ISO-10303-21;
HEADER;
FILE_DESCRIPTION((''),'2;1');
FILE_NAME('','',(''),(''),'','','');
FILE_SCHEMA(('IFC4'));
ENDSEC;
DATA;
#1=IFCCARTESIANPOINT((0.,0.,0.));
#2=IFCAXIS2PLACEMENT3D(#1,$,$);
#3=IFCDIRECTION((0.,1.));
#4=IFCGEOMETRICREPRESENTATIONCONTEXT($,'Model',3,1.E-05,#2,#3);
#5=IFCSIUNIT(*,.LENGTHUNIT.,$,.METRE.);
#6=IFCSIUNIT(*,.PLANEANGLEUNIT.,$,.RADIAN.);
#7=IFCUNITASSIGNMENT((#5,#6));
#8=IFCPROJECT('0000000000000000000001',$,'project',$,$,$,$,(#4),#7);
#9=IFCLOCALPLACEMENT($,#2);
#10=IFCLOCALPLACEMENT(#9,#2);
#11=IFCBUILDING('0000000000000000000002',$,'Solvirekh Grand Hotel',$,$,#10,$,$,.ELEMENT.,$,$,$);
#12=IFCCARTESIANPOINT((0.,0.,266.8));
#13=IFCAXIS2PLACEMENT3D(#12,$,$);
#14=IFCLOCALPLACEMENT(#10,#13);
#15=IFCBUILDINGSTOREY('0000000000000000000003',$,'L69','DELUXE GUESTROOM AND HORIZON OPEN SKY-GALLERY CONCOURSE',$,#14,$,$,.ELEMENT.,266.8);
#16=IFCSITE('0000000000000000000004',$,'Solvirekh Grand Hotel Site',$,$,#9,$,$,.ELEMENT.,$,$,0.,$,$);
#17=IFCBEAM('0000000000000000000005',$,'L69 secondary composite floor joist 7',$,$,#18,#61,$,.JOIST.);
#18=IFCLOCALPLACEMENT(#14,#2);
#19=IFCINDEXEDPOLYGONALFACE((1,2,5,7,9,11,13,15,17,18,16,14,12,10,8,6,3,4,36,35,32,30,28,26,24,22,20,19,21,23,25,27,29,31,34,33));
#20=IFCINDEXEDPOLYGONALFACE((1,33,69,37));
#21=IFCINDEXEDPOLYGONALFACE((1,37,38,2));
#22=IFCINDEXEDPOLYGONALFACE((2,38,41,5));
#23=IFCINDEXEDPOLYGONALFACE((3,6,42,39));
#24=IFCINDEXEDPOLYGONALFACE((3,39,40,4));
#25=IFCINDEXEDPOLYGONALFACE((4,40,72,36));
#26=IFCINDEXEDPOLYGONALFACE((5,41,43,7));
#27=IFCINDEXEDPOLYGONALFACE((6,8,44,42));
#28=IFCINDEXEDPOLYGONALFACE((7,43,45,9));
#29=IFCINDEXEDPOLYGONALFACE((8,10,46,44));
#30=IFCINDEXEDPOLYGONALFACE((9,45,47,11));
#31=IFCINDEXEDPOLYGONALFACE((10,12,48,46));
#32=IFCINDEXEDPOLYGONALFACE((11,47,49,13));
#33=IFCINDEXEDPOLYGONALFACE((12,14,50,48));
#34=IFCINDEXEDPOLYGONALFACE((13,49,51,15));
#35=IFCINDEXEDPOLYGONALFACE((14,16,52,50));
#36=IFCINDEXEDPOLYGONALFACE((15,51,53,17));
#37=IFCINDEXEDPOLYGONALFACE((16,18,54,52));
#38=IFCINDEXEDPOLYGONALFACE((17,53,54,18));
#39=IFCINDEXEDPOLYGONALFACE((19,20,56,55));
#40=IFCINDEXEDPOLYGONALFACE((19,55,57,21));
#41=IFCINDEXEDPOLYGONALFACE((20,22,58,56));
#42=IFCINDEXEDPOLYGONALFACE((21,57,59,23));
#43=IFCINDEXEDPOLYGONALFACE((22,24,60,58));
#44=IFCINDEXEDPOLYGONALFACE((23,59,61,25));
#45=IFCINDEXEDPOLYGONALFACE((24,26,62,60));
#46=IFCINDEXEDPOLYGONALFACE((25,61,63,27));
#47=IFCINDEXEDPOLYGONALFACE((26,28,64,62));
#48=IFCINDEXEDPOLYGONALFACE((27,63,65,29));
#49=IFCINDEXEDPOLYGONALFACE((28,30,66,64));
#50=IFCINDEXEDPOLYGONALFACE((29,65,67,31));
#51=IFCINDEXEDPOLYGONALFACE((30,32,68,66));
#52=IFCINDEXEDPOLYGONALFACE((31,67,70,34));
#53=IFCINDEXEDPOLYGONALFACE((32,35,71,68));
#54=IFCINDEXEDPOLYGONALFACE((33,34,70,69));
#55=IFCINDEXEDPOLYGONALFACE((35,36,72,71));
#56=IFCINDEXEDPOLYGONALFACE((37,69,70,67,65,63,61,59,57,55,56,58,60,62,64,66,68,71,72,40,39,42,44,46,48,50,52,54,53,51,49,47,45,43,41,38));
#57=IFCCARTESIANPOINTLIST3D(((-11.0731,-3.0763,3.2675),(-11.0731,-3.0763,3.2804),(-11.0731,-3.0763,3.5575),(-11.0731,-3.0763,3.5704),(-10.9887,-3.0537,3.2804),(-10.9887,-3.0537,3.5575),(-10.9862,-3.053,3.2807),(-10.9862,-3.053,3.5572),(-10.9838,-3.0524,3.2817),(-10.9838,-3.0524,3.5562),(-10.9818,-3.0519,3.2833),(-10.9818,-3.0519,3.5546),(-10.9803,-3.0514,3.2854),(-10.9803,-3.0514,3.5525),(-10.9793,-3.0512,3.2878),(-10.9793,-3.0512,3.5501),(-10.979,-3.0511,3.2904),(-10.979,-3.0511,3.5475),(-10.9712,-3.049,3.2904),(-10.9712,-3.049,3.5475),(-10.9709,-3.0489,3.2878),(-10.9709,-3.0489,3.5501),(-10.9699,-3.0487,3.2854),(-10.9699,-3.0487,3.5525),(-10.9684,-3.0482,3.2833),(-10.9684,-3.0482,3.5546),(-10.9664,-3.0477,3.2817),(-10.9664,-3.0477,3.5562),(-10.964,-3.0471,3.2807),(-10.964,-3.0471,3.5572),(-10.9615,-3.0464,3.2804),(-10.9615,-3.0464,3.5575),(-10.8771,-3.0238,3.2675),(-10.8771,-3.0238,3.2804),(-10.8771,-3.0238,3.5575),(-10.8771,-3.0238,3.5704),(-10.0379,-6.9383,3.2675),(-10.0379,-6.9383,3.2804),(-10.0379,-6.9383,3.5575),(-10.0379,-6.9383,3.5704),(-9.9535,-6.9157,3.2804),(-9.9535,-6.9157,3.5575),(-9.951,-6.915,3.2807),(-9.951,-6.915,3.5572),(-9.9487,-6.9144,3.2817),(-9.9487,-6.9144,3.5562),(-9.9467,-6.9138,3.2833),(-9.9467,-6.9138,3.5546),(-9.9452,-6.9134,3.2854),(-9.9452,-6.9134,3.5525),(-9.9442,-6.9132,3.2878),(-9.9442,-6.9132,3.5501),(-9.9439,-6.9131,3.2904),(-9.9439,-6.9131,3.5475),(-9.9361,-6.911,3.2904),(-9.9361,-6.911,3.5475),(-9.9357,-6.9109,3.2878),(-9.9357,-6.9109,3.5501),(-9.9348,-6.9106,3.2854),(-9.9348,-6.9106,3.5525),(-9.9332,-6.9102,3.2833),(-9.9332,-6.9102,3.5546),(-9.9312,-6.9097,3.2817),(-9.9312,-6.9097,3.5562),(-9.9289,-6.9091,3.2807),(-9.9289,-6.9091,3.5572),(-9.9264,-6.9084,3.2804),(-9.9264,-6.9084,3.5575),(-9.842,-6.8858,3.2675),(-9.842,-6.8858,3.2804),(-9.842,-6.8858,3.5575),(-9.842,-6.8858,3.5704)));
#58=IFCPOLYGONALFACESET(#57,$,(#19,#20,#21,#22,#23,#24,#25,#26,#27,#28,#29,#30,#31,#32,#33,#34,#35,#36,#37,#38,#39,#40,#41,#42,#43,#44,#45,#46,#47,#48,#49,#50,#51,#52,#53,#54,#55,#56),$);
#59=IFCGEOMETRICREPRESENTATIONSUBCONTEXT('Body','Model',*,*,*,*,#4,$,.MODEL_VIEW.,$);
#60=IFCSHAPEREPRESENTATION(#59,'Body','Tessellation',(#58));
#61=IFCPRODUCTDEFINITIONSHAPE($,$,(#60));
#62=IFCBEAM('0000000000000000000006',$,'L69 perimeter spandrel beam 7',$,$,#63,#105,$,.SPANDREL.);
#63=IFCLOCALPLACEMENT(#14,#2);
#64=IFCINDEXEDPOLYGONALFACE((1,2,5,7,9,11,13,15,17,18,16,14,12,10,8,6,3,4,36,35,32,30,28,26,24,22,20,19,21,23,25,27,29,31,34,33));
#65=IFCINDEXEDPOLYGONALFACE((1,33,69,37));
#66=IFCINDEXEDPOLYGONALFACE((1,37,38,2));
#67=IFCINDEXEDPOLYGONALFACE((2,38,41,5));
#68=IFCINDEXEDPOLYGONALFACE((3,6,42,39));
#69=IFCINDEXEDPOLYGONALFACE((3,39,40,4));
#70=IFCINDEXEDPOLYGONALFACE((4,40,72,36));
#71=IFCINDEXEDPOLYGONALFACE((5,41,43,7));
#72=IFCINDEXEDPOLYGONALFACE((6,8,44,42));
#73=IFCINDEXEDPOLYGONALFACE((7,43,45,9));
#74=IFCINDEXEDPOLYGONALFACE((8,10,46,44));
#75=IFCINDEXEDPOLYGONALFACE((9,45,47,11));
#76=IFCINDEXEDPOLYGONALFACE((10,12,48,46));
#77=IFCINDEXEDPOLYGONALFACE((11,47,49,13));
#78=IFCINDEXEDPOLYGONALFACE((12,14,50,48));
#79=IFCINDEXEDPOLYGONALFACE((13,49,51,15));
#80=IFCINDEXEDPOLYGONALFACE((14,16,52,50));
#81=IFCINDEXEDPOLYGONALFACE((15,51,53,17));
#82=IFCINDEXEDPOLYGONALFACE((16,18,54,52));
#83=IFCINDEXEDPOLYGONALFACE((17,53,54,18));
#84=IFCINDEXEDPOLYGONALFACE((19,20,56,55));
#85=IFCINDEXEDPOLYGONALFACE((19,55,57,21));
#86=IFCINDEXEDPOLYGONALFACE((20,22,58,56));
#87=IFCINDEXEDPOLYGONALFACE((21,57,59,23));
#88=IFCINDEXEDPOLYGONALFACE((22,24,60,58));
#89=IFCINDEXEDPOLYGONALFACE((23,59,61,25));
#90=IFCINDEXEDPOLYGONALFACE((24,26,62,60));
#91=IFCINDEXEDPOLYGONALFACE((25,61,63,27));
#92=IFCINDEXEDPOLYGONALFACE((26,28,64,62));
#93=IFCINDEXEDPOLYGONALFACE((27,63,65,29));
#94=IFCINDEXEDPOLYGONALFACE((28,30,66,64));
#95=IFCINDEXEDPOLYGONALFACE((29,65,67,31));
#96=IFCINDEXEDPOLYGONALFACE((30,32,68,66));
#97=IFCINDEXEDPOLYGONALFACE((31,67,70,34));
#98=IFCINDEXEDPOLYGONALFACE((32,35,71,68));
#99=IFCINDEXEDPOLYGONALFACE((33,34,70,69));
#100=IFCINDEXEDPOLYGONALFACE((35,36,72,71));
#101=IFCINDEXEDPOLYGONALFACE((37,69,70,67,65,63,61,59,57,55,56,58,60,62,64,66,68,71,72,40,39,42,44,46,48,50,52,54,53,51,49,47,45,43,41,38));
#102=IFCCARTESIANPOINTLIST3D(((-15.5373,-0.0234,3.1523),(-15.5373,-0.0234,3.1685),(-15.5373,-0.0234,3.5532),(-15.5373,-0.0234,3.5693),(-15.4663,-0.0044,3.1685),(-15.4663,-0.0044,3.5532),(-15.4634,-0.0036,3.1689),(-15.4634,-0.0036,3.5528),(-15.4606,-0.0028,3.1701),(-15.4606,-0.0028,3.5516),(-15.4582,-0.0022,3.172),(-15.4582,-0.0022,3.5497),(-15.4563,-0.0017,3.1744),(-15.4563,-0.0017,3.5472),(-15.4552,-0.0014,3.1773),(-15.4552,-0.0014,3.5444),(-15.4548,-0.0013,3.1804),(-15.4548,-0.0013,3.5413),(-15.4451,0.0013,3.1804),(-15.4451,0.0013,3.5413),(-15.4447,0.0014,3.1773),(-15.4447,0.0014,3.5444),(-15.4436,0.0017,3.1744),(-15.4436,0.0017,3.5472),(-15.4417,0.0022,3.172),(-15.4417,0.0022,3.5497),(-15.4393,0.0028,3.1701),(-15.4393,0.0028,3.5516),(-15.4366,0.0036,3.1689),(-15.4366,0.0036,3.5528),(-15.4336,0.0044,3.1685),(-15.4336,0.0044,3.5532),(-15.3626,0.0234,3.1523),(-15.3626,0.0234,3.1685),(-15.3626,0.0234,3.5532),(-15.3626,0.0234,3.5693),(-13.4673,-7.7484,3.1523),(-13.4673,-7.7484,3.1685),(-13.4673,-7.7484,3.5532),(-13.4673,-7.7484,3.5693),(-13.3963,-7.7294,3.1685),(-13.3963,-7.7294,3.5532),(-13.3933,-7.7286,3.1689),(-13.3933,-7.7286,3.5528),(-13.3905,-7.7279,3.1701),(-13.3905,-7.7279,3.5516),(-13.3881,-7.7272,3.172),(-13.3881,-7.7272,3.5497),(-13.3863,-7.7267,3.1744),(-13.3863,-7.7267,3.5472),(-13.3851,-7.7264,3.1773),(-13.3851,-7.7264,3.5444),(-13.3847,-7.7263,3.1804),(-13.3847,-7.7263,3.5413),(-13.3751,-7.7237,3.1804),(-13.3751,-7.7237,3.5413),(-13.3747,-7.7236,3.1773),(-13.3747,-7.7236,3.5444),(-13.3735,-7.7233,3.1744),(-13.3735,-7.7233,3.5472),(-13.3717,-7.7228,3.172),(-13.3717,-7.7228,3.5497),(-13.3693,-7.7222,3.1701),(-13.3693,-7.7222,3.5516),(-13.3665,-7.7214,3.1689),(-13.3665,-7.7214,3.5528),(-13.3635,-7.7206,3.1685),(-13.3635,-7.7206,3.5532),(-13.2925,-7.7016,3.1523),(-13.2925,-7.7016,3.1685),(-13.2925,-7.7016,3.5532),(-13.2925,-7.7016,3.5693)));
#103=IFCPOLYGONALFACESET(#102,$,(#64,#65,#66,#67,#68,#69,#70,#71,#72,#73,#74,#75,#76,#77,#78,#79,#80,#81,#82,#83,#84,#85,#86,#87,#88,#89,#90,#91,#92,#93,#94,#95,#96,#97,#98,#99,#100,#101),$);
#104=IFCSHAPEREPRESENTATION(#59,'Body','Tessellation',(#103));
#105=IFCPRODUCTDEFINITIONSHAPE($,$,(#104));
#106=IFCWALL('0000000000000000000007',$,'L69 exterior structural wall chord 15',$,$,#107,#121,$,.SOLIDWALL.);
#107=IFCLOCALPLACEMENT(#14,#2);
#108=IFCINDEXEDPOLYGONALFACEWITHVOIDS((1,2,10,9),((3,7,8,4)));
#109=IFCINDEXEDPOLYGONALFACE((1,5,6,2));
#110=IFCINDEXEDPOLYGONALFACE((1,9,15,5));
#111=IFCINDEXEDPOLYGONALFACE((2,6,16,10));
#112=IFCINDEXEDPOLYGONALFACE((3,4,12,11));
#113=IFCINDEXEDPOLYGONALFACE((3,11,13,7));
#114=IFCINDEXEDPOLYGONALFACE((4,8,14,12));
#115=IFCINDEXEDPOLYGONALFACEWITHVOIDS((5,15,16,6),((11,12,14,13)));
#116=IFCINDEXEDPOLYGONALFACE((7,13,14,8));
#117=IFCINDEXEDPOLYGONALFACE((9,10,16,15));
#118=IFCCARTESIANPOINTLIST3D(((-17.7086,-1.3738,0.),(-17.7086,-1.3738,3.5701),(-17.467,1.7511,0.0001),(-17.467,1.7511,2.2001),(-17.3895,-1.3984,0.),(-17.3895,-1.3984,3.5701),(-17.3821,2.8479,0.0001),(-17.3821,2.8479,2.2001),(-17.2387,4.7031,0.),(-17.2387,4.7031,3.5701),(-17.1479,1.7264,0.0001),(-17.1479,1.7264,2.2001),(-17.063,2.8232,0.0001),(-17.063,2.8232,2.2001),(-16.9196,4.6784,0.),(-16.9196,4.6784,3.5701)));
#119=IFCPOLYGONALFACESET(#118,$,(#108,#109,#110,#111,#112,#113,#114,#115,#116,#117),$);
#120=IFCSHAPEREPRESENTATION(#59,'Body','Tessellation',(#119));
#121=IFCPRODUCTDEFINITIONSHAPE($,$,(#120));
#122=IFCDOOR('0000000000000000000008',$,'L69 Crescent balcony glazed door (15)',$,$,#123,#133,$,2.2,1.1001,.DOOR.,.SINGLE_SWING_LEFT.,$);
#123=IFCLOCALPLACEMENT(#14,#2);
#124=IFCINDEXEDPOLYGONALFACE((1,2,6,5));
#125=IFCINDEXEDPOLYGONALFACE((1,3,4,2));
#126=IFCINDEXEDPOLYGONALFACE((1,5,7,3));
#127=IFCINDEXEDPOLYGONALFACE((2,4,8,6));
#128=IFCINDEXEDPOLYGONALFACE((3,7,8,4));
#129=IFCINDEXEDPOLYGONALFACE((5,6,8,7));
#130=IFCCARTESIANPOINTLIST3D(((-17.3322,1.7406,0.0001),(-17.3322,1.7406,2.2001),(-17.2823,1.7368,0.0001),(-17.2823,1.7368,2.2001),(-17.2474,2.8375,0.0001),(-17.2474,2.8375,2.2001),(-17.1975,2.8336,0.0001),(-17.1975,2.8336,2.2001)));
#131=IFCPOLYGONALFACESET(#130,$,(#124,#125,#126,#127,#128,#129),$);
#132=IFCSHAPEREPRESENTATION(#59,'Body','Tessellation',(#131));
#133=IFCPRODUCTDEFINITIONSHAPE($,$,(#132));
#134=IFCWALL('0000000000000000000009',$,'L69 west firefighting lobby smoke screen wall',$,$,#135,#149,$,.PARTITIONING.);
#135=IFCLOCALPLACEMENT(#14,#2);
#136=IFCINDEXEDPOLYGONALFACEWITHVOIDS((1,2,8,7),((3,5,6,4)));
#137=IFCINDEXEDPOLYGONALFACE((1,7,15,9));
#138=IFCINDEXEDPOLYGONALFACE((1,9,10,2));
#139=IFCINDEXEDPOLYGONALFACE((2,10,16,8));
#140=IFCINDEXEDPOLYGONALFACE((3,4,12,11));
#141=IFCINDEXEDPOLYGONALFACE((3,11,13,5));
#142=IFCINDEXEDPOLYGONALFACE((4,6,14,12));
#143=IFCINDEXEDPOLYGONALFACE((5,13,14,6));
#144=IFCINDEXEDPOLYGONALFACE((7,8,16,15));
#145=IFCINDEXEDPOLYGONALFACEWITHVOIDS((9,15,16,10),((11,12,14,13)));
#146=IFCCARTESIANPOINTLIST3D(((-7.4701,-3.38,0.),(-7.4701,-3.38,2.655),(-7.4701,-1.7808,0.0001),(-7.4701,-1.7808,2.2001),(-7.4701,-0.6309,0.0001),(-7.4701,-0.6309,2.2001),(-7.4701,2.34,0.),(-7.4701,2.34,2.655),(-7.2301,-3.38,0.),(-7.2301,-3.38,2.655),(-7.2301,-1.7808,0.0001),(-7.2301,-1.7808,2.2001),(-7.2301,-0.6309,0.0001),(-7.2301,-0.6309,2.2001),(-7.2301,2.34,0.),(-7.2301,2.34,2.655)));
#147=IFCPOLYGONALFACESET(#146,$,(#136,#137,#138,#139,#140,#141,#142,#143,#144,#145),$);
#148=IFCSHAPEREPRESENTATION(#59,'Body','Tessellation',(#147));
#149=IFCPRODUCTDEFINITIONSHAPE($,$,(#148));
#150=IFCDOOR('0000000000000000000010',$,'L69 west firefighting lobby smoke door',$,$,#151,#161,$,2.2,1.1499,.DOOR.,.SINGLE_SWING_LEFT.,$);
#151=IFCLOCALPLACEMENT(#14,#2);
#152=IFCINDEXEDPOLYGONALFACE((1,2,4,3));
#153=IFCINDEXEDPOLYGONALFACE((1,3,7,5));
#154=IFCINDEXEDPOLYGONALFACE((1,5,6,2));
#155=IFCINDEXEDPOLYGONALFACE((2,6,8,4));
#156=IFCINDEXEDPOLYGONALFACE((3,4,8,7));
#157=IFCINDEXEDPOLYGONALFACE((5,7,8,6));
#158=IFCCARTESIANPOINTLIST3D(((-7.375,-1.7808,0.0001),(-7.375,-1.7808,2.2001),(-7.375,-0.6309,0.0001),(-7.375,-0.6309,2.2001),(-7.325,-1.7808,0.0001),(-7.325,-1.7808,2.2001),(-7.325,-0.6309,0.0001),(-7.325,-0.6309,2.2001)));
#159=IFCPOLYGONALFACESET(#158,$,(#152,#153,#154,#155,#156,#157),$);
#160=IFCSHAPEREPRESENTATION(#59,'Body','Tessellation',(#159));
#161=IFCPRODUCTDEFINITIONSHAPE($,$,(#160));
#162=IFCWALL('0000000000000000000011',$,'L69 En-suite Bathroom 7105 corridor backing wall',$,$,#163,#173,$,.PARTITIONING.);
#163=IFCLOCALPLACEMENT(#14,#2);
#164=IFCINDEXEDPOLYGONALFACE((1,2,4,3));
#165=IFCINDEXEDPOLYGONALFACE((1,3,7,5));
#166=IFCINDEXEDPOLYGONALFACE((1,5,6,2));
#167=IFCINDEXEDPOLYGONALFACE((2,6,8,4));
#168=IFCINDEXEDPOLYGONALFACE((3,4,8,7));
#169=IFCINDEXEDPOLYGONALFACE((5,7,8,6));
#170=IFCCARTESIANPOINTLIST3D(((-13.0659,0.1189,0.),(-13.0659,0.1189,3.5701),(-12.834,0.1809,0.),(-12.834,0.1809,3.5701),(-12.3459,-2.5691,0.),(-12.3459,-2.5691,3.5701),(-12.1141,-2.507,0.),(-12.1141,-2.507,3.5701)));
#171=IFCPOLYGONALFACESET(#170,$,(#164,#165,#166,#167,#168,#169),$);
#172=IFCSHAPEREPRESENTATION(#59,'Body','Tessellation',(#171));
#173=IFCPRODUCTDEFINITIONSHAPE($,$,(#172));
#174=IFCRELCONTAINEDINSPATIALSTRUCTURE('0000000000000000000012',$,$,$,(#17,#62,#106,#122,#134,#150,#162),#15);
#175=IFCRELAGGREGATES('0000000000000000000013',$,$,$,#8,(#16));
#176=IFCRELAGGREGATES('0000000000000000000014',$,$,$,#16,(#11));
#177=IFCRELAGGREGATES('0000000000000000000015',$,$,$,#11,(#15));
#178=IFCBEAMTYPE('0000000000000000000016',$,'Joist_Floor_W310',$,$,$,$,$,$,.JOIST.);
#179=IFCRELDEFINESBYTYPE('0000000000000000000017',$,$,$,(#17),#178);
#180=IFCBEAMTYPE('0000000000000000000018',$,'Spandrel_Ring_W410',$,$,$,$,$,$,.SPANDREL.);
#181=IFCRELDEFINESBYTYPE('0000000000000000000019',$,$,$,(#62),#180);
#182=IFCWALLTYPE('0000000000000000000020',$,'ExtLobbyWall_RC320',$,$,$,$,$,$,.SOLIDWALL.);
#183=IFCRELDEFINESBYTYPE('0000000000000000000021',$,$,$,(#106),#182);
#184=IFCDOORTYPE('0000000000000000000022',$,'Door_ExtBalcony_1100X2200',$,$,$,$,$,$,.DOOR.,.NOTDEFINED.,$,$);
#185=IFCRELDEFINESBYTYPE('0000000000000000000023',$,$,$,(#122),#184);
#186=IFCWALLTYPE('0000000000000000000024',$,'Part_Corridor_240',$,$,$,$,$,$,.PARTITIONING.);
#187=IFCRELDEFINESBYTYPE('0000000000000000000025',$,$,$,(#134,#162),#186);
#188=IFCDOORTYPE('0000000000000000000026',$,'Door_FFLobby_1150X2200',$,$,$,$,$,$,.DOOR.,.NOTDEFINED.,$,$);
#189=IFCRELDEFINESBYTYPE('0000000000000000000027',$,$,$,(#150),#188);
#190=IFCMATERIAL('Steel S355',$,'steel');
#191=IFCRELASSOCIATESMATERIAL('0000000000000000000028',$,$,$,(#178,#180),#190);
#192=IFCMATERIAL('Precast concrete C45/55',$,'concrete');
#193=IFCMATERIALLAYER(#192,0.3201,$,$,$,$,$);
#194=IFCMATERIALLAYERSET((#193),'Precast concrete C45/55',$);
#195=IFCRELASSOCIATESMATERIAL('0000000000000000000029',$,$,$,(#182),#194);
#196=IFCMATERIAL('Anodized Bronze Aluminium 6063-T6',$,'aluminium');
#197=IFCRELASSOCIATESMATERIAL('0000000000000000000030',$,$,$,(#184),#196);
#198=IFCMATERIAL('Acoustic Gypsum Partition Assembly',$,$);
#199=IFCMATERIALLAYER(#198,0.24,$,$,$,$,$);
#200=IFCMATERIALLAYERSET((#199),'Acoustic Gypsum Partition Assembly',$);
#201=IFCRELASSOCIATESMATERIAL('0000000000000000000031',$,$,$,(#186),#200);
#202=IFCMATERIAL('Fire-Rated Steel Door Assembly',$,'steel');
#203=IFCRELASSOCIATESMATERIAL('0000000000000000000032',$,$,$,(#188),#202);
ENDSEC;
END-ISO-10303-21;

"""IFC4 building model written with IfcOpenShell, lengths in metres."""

from ifc_helpers import new_model, si_unit, direction, frame, frame_2d, origin, origin_2d, place, context, subcontext, project, spatial, rectangle, i_section, extrude, material, layer, layer_set, material_profile, profile_set, type_object, element, fill, save


model = new_model("IFC4")

# Units and contexts
model_context = context("Model", 3, precision=1e-05, world=origin(), true_north=direction((0.0, 1.0)))
body_context = subcontext(model_context, "Body", "Model", "MODEL_VIEW")
ifc_project = project(units=[si_unit("LENGTHUNIT", "METRE"), si_unit("PLANEANGLEUNIT", "RADIAN")], contexts=[model_context])

# Site, building, storey
site_placement = place(None, origin())
site = spatial("IfcSite", under=ifc_project, at=site_placement, Name="Solvirekh Grand Hotel Site", CompositionType="ELEMENT", RefElevation=0.0)
building_placement = place(site_placement, origin())
building = spatial("IfcBuilding", under=site, at=building_placement, Name="Solvirekh Grand Hotel", CompositionType="ELEMENT")
storey_placement = place(building_placement, frame((0.0, 0.0, 266.8)))
storey = spatial("IfcBuildingStorey", under=building, at=storey_placement, Name="L69", Description="DELUXE GUESTROOM AND HORIZON OPEN SKY-GALLERY CONCOURSE", CompositionType="ELEMENT", Elevation=266.8)

# Beams
ifc_material_1 = material(Name="Steel S355", Category="steel")
ifc_material_profile_1 = material_profile(ifc_material_1, i_section(OverallWidth=0.2029, OverallDepth=0.303, WebThickness=0.0081, FlangeThickness=0.0129, FilletRadius=0.01, at=origin_2d()), Name="W310X60")
ifc_profile_set_1 = profile_set([ifc_material_profile_1], Name="Steel S355")
beam_type_1 = type_object("IfcBeamType", Name="Joist_Floor_W310", PredefinedType="JOIST", material=ifc_profile_set_1)
beam_1_placement = place(storey_placement, frame((-10.9751, -3.05, 3.4189), z_axis=(0.258894, -0.965906, 0.0), x_axis=(0.965906, 0.258894, 0.0)))
element("IfcBeam", 1, at=beam_1_placement, inside=storey, type_object=beam_type_1, Name="L69 secondary composite floor joist 7", PredefinedType="JOIST", context=body_context, shape_type="SweptSolid", body=[
    extrude(i_section(OverallWidth=0.2029, OverallDepth=0.303, WebThickness=0.0081, FlangeThickness=0.0129, FilletRadius=0.01, at=origin_2d()), origin(), (0.0, 0.0, 1.0), 3.9983),
])
ifc_material_profile_2 = material_profile(ifc_material_1, i_section(OverallWidth=0.1809, OverallDepth=0.417, WebThickness=0.01, FlangeThickness=0.0161, FilletRadius=0.012, at=origin_2d()), Name="W410X85")
ifc_profile_set_2 = profile_set([ifc_material_profile_2], Name="Steel S355")
beam_type_2 = type_object("IfcBeamType", Name="Spandrel_Ring_W410", PredefinedType="SPANDREL", material=ifc_profile_set_2)
beam_2_placement = place(storey_placement, frame((-15.45, 0.0, 3.3608), z_axis=(0.258835, -0.965922, 0.0), x_axis=(0.965922, 0.258835, 0.0)))
element("IfcBeam", 2, at=beam_2_placement, inside=storey, type_object=beam_type_2, Name="L69 perimeter spandrel beam 7", PredefinedType="SPANDREL", context=body_context, shape_type="SweptSolid", body=[
    extrude(i_section(OverallWidth=0.1809, OverallDepth=0.417, WebThickness=0.01, FlangeThickness=0.0161, FilletRadius=0.012, at=origin_2d()), origin(), (0.0, 0.0, 1.0), 7.9976),
])

# Walls, openings, doors
ifc_material_2 = material(Name="Precast concrete C45/55", Category="concrete")
ifc_layer_1 = layer(ifc_material_2, 0.3201)
ifc_layer_set_1 = layer_set([ifc_layer_1], Name="Precast concrete C45/55")
wall_type_1 = type_object("IfcWallType", Name="ExtLobbyWall_RC320", PredefinedType="SOLIDWALL", material=ifc_layer_set_1)
wall_1_placement = place(storey_placement, frame((-17.5491, -1.386, 0.0), z_axis=(0.0, 0.0, 1.0), x_axis=(0.077107, 0.997023, 0.0)))
wall_1 = element("IfcWall", 3, at=wall_1_placement, inside=storey, type_object=wall_type_1, Name="L69 exterior structural wall chord 15", PredefinedType="SOLIDWALL", context=body_context, shape_type="SweptSolid", body=[
    extrude(rectangle(XDim=6.095, YDim=0.3201, at=frame_2d((3.0474, 0.0))), origin(), (0.0, 0.0, 1.0), 3.5701),
])
opening_1_placement = place(wall_1_placement, frame((3.134, 0.0, 0.0)))
opening_1 = element("IfcOpeningElement", 4, at=opening_1_placement, cuts=wall_1, PredefinedType="OPENING", context=body_context, shape_type="SweptSolid", body=[
    extrude(rectangle(XDim=1.1001, YDim=2.2, at=frame_2d((0.55, 1.1001))), frame((0.0, 0.1699, 0.0), z_axis=(0.0, -1.0, 0.0), x_axis=(1.0, 0.0, 0.0)), (0.0, 0.0, 1.0), 0.3401),
])
ifc_material_3 = material(Name="Anodized Bronze Aluminium 6063-T6", Category="aluminium")
door_type_1 = type_object("IfcDoorType", Name="Door_ExtBalcony_1100X2200", OperationType="NOTDEFINED", PredefinedType="DOOR", material=ifc_material_3)
door_1_placement = place(opening_1_placement, origin())
door_1 = element("IfcDoor", 5, at=door_1_placement, inside=storey, type_object=door_type_1, Name="L69 Crescent balcony glazed door (15)", OperationType="SINGLE_SWING_LEFT", OverallHeight=2.2, OverallWidth=1.1001, PredefinedType="DOOR", context=body_context, shape_type="SweptSolid", body=[
    extrude(rectangle(XDim=1.1001, YDim=2.2, at=frame_2d((0.55, 1.1001))), frame((0.0, 0.0249, 0.0), z_axis=(0.0, -1.0, 0.0), x_axis=(1.0, 0.0, 0.0)), (0.0, 0.0, 1.0), 0.05),
])
fill(opening_1, door_1)
ifc_material_4 = material(Name="Acoustic Gypsum Partition Assembly")
ifc_layer_2 = layer(ifc_material_4, 0.24)
ifc_layer_set_2 = layer_set([ifc_layer_2], Name="Acoustic Gypsum Partition Assembly")
wall_type_2 = type_object("IfcWallType", Name="Part_Corridor_240", PredefinedType="PARTITIONING", material=ifc_layer_set_2)
wall_2_placement = place(storey_placement, frame((-7.3501, -3.3799, 0.0), z_axis=(0.0, 0.0, 1.0), x_axis=(0.0, 1.0, 0.0)))
wall_2 = element("IfcWall", 6, at=wall_2_placement, inside=storey, type_object=wall_type_2, Name="L69 west firefighting lobby smoke screen wall", PredefinedType="PARTITIONING", context=body_context, shape_type="SweptSolid", body=[
    extrude(rectangle(XDim=5.72, YDim=0.24, at=frame_2d((2.8599, 0.0))), origin(), (0.0, 0.0, 1.0), 2.655),
])
opening_2_placement = place(wall_2_placement, frame((1.5991, 0.0, 0.0)))
opening_2 = element("IfcOpeningElement", 7, at=opening_2_placement, cuts=wall_2, PredefinedType="OPENING", context=body_context, shape_type="SweptSolid", body=[
    extrude(rectangle(XDim=1.1499, YDim=2.2, at=frame_2d((0.575, 1.1001))), frame((0.0, 0.1299, 0.0), z_axis=(0.0, -1.0, 0.0), x_axis=(1.0, 0.0, 0.0)), (0.0, 0.0, 1.0), 0.26),
])
ifc_material_5 = material(Name="Fire-Rated Steel Door Assembly", Category="steel")
door_type_2 = type_object("IfcDoorType", Name="Door_FFLobby_1150X2200", OperationType="NOTDEFINED", PredefinedType="DOOR", material=ifc_material_5)
door_2_placement = place(opening_2_placement, origin())
door_2 = element("IfcDoor", 8, at=door_2_placement, inside=storey, type_object=door_type_2, Name="L69 west firefighting lobby smoke door", OperationType="SINGLE_SWING_LEFT", OverallHeight=2.2, OverallWidth=1.1499, PredefinedType="DOOR", context=body_context, shape_type="SweptSolid", body=[
    extrude(rectangle(XDim=1.1499, YDim=2.2, at=frame_2d((0.575, 1.1001))), frame((0.0, 0.0249, 0.0), z_axis=(0.0, -1.0, 0.0), x_axis=(1.0, 0.0, 0.0)), (0.0, 0.0, 1.0), 0.05),
])
fill(opening_2, door_2)

# Wall
wall_3_placement = place(storey_placement, frame((-12.95, 0.1499, 0.0), z_axis=(0.0, 0.0, 1.0), x_axis=(0.258727, -0.96595, 0.0)))
element("IfcWall", 9, at=wall_3_placement, inside=storey, type_object=wall_type_2, Name="L69 En-suite Bathroom 7105 corridor backing wall", PredefinedType="PARTITIONING", context=body_context, shape_type="SweptSolid", body=[
    extrude(rectangle(XDim=2.7827, YDim=0.24, at=frame_2d((1.3914, 0.0))), origin(), (0.0, 0.0, 1.0), 3.5701),
])

save(model, "model.ifc")
